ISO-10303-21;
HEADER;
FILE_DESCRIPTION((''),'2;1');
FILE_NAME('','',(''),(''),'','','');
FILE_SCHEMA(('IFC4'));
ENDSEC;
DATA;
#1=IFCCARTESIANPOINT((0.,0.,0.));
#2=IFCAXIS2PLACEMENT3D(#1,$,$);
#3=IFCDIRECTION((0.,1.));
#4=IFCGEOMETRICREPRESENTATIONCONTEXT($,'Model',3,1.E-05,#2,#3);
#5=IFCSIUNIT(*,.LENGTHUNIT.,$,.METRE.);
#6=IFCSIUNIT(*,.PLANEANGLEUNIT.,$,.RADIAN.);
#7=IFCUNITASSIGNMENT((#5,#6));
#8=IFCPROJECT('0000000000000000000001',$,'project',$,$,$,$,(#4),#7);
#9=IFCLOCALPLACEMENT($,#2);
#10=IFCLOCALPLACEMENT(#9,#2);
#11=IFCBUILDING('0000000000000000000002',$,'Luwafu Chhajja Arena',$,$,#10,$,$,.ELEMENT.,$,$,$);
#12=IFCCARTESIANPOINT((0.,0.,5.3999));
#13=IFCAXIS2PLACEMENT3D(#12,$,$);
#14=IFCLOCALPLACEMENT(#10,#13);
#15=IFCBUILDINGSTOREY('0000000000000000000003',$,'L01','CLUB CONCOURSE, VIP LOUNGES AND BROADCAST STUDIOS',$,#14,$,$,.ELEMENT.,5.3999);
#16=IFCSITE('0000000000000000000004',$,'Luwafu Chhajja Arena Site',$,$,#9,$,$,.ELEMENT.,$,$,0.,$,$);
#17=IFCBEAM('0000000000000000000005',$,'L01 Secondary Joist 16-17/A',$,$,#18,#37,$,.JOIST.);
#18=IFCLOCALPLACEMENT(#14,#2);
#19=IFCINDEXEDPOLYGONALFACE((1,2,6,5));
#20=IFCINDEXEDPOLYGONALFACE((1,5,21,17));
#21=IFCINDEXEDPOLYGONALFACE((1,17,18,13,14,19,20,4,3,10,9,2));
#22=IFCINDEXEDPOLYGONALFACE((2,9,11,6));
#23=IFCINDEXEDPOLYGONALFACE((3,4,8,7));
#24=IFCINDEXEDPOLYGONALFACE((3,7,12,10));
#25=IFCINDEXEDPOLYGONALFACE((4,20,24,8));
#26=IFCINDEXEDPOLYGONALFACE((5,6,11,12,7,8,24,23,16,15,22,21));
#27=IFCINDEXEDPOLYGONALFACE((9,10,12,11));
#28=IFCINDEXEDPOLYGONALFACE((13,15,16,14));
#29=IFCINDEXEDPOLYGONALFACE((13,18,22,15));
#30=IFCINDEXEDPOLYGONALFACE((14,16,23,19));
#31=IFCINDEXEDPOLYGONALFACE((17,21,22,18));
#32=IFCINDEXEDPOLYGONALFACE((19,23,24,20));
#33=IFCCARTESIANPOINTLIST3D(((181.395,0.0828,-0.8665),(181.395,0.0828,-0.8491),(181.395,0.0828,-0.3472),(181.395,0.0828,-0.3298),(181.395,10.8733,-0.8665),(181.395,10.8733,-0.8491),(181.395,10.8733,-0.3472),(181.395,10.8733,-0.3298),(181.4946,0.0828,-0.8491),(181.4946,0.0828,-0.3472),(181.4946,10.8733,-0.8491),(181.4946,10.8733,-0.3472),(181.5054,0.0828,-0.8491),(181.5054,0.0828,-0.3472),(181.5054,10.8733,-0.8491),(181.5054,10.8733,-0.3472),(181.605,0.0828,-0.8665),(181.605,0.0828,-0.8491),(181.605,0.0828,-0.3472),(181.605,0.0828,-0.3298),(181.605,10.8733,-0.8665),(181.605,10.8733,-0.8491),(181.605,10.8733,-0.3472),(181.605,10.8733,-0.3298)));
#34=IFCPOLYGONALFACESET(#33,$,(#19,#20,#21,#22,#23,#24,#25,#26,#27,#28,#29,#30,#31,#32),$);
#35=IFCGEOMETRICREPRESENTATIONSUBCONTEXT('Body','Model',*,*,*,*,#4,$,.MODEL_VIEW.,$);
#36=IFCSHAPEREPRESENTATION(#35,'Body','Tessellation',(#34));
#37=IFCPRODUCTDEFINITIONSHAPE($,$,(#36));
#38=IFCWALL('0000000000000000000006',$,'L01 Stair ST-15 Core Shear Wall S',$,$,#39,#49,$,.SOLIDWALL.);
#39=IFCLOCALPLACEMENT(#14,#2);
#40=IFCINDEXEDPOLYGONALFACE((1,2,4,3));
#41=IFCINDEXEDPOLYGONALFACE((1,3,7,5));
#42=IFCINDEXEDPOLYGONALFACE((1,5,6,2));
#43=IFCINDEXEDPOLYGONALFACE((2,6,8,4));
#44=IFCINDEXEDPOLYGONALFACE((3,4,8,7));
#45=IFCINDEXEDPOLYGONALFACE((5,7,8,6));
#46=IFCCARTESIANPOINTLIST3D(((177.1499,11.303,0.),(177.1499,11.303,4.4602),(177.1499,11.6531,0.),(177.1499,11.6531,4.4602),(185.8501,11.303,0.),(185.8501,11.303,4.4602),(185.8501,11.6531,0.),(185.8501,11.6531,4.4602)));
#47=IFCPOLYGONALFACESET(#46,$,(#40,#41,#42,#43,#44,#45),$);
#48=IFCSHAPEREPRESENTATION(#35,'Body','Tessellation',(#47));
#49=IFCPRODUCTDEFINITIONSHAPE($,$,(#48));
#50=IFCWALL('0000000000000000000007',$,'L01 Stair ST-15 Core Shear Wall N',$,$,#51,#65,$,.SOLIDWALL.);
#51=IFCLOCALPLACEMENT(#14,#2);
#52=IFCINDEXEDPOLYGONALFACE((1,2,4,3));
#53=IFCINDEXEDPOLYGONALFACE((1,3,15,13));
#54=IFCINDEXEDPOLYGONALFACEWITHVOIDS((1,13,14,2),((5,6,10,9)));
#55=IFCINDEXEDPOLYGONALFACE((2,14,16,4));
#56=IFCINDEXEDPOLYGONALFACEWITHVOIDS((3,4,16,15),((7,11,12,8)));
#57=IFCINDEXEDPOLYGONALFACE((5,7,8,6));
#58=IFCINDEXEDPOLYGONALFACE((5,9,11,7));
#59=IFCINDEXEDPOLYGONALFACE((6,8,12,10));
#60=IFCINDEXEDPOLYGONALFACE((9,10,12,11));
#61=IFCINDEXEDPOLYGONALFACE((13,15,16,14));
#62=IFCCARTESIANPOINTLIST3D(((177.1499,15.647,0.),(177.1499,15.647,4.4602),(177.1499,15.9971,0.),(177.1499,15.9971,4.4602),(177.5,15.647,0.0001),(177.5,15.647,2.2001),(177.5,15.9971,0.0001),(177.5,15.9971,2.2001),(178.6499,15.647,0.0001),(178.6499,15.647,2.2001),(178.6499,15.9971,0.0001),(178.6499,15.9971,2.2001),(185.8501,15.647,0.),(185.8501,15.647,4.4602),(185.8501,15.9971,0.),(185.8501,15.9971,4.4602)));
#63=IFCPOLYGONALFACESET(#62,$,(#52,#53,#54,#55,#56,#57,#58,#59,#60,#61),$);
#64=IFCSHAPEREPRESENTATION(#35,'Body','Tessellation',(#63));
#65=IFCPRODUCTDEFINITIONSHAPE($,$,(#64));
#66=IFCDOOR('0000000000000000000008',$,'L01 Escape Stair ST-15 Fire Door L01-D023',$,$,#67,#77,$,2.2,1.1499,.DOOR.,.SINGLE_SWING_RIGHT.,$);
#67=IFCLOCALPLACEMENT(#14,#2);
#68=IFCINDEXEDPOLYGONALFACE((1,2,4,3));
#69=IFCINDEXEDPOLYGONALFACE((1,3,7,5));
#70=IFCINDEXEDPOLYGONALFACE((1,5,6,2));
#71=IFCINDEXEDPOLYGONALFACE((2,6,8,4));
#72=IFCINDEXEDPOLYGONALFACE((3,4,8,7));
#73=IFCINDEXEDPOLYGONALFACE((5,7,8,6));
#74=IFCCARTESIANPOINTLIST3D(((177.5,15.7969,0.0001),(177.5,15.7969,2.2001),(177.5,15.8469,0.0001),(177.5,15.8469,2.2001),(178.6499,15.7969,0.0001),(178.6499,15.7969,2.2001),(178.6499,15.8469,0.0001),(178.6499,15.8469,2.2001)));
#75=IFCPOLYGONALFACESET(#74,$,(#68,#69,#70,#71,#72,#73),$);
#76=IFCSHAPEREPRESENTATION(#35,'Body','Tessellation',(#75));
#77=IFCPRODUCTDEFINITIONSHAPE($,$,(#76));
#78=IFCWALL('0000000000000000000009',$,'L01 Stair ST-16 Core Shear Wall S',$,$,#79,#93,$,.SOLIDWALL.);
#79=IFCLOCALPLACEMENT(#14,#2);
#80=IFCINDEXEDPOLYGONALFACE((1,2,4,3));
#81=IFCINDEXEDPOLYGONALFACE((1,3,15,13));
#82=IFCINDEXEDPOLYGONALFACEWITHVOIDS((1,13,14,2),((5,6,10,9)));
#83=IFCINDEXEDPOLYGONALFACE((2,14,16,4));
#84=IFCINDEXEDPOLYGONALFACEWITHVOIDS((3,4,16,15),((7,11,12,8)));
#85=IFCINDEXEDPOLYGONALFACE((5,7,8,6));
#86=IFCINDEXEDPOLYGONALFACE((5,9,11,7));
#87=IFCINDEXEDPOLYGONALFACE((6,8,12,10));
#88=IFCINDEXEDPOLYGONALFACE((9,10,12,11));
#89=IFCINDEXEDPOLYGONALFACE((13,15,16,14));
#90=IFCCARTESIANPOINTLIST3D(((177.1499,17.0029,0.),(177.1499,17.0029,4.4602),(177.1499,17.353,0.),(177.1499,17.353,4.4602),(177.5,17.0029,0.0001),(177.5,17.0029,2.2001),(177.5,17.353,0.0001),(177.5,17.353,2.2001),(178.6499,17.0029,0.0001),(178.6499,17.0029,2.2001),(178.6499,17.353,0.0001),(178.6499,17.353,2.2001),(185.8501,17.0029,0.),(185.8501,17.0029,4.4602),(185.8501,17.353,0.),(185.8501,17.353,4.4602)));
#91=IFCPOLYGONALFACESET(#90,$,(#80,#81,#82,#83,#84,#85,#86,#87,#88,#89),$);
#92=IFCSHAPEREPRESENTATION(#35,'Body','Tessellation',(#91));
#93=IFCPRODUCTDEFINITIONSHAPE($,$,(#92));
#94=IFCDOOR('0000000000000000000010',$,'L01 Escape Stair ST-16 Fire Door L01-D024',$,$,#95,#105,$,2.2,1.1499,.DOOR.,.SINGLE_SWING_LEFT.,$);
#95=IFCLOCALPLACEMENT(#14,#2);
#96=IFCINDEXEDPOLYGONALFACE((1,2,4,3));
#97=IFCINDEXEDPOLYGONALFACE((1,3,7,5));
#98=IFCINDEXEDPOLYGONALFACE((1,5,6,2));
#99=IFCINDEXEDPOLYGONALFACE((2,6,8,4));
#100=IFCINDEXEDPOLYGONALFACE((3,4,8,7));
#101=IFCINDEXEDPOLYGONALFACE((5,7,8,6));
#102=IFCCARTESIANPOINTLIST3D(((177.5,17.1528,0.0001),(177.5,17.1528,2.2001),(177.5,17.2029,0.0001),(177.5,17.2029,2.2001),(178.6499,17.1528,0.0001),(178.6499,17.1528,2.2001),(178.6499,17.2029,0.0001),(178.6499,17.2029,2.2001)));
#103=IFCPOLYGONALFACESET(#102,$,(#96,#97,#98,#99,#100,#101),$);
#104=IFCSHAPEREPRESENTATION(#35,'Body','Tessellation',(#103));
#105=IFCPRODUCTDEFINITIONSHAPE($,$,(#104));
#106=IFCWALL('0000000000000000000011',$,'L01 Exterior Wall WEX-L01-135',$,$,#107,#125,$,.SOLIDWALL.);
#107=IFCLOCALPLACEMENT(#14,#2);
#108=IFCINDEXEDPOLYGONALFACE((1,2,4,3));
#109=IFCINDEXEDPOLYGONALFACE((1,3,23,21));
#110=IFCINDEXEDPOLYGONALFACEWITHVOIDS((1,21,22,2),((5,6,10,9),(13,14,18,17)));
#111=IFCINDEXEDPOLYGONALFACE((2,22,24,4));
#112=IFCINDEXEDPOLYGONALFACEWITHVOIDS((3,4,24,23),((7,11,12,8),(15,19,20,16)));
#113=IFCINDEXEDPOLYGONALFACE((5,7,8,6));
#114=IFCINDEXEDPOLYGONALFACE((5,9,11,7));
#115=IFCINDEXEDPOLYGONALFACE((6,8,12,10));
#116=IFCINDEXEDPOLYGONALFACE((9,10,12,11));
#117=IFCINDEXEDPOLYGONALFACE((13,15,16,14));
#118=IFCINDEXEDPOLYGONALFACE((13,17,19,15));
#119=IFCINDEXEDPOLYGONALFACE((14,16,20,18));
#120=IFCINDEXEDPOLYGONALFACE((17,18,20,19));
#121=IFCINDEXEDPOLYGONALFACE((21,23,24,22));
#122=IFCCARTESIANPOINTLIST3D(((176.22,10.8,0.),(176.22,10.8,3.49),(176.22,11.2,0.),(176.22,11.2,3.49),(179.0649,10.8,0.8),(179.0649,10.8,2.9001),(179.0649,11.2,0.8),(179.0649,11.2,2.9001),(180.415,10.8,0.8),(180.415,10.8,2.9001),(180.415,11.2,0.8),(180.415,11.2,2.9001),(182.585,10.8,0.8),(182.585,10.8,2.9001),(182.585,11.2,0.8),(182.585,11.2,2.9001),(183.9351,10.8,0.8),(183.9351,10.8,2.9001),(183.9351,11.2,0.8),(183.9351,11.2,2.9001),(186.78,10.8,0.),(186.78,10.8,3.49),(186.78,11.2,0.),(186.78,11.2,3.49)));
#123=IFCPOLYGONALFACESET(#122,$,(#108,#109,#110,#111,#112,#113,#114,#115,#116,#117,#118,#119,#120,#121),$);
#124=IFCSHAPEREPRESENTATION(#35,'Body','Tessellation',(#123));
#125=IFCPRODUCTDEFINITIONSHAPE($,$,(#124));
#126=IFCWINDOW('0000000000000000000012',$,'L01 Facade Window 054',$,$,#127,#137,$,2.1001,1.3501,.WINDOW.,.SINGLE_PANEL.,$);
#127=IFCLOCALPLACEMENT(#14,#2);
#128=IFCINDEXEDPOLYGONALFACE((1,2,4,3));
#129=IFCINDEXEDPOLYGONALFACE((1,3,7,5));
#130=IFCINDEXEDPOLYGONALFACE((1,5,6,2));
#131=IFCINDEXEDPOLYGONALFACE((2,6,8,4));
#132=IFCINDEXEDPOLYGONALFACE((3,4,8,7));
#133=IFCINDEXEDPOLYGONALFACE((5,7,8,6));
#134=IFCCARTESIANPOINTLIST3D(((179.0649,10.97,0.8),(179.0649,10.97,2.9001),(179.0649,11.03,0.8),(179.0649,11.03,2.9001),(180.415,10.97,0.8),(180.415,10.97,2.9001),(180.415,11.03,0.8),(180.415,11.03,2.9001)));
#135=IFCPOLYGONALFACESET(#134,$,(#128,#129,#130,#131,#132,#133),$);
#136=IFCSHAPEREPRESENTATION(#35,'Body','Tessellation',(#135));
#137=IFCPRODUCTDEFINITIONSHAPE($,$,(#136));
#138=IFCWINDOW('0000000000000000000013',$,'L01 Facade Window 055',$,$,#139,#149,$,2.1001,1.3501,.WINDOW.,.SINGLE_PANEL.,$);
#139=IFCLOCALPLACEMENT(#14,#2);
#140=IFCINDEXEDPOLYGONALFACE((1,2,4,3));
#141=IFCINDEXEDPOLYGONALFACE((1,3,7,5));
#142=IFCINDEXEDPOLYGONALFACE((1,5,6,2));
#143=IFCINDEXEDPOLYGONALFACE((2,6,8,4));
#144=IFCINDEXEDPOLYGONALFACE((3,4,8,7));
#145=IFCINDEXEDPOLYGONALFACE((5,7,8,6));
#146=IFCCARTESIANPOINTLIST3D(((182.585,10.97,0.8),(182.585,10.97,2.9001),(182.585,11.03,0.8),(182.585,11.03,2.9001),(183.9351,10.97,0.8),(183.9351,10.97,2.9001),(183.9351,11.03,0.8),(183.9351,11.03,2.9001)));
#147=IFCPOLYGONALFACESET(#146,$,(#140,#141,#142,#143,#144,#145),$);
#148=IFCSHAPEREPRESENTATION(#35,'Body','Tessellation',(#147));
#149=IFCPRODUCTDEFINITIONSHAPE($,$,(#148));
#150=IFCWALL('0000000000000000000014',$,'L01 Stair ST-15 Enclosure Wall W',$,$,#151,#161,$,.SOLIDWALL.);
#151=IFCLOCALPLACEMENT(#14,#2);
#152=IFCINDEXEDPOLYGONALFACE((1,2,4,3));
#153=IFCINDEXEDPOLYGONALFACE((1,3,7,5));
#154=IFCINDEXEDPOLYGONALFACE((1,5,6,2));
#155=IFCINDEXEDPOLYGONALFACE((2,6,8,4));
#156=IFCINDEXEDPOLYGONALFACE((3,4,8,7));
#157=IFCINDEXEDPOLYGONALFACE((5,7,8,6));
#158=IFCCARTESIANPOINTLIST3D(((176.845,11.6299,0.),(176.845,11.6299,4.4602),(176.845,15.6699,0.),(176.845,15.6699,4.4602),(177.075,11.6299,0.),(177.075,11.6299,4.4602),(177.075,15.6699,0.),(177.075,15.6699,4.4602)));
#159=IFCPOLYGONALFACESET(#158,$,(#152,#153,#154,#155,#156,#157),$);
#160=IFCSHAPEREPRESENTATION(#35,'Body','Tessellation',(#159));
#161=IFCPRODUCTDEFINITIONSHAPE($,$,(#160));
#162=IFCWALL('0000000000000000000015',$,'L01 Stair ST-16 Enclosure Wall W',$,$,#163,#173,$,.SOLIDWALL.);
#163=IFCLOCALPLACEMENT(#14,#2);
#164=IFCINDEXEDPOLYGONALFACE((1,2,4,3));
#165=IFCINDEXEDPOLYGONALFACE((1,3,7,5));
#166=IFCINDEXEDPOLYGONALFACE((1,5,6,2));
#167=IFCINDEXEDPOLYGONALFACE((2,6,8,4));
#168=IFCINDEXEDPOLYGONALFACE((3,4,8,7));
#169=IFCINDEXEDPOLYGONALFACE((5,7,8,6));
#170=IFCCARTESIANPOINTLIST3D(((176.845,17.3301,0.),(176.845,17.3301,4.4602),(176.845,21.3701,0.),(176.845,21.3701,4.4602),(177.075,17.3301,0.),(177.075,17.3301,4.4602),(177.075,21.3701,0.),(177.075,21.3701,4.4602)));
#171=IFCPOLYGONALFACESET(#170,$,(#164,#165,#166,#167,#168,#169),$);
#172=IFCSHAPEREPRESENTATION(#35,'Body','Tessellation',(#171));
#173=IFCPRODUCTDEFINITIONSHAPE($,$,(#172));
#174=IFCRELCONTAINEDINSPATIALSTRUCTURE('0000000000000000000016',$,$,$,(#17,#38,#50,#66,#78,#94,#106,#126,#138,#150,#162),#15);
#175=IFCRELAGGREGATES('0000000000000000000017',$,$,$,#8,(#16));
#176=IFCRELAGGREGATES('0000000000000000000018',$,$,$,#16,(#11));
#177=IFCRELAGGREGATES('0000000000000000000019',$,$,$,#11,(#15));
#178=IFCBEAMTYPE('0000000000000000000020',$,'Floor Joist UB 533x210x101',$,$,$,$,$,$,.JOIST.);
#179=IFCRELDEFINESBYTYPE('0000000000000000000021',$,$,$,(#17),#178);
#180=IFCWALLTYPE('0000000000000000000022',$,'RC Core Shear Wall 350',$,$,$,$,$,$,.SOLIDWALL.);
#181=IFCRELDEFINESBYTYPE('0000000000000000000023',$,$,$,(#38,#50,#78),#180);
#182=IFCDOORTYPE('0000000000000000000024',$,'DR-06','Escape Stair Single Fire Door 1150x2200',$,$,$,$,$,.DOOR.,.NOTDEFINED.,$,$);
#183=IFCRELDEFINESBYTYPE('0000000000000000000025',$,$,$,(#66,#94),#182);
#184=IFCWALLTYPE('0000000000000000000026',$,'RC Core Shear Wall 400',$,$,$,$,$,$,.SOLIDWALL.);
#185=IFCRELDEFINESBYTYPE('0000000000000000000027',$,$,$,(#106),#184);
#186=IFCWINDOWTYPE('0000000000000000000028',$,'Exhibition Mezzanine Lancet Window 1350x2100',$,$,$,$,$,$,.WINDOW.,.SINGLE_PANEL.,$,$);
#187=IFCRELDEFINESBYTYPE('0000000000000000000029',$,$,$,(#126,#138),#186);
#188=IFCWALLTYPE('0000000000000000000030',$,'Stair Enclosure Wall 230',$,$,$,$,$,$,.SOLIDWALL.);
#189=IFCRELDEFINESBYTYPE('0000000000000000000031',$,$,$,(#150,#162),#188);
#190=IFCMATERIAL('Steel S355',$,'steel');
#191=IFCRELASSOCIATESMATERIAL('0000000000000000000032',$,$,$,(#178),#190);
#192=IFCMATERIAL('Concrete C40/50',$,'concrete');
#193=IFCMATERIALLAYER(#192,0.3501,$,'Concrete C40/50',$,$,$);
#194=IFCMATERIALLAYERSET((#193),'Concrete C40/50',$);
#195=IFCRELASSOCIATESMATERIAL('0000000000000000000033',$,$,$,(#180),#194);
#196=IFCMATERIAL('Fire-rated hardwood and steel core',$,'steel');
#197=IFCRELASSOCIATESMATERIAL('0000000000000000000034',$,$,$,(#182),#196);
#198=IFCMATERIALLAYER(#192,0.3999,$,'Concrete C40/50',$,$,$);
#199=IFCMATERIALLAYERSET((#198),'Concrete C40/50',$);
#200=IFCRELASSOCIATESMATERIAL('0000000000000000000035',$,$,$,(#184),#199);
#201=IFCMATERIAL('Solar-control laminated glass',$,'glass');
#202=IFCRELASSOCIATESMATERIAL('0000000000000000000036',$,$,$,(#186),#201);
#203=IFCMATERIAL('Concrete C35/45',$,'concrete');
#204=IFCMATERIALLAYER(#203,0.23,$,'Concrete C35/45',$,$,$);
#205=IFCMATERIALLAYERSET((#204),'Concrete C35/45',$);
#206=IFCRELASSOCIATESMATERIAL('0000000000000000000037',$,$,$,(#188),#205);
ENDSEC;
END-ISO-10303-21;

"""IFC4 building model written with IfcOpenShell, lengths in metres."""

from ifc_helpers import new_model, si_unit, direction, frame, frame_2d, origin, origin_2d, place, context, subcontext, project, spatial, rectangle, i_section, extrude, material, layer, layer_set, material_profile, profile_set, type_object, element, fill, save


model = new_model("IFC4")

# Units and contexts
model_context = context("Model", 3, precision=1e-05, world=origin(), true_north=direction((0.0, 1.0)))
body_context = subcontext(model_context, "Body", "Model", "MODEL_VIEW")
ifc_project = project(units=[si_unit("LENGTHUNIT", "METRE"), si_unit("PLANEANGLEUNIT", "RADIAN")], contexts=[model_context])

# Site, building, storey
site_placement = place(None, origin())
site = spatial("IfcSite", under=ifc_project, at=site_placement, Name="Luwafu Chhajja Arena Site", CompositionType="ELEMENT", RefElevation=0.0)
building_placement = place(site_placement, origin())
building = spatial("IfcBuilding", under=site, at=building_placement, Name="Luwafu Chhajja Arena", CompositionType="ELEMENT")
storey_placement = place(building_placement, frame((0.0, 0.0, 5.3999)))
storey = spatial("IfcBuildingStorey", under=building, at=storey_placement, Name="L01", Description="CLUB CONCOURSE, VIP LOUNGES AND BROADCAST STUDIOS", CompositionType="ELEMENT", Elevation=5.3999)

# Beam
ifc_material_1 = material(Name="Steel S355", Category="steel")
ifc_material_profile = material_profile(ifc_material_1, i_section(OverallWidth=0.21, OverallDepth=0.5366, WebThickness=0.0107, FlangeThickness=0.0173, at=origin_2d()), Name="UB 533x210x101")
ifc_profile_set = profile_set([ifc_material_profile], Name="Steel S355")
beam_type = type_object("IfcBeamType", Name="Floor Joist UB 533x210x101", PredefinedType="JOIST", material=ifc_profile_set)
beam_placement = place(storey_placement, frame((181.5, 0.0828, -0.5981), z_axis=(0.0, 1.0, 0.0), x_axis=(-1.0, 0.0, 0.0)))
element("IfcBeam", 1, at=beam_placement, inside=storey, type_object=beam_type, Name="L01 Secondary Joist 16-17/A", PredefinedType="JOIST", context=body_context, shape_type="SweptSolid", body=[
    extrude(i_section(OverallWidth=0.21, OverallDepth=0.5366, WebThickness=0.0107, FlangeThickness=0.0173, at=origin_2d()), origin(), (0.0, 0.0, 1.0), 10.7905),
])

# Wall
ifc_material_2 = material(Name="Concrete C40/50", Category="concrete")
ifc_layer_1 = layer(ifc_material_2, 0.3501, Name="Concrete C40/50")
ifc_layer_set_1 = layer_set([ifc_layer_1], Name="Concrete C40/50")
wall_type_1 = type_object("IfcWallType", Name="RC Core Shear Wall 350", PredefinedType="SOLIDWALL", material=ifc_layer_set_1)
wall_1_placement = place(storey_placement, frame((177.1499, 11.478, 0.0), z_axis=(0.0, 0.0, 1.0), x_axis=(1.0, 0.0, 0.0)))
element("IfcWall", 2, at=wall_1_placement, inside=storey, type_object=wall_type_1, Name="L01 Stair ST-15 Core Shear Wall S", PredefinedType="SOLIDWALL", context=body_context, shape_type="SweptSolid", body=[
    extrude(rectangle(XDim=8.7002, YDim=0.3501, at=frame_2d((4.3501, 0.0))), origin(), (0.0, 0.0, 1.0), 4.4602),
])

# Walls, openings, doors
wall_2_placement = place(storey_placement, frame((177.1499, 15.822, 0.0), z_axis=(0.0, 0.0, 1.0), x_axis=(1.0, 0.0, 0.0)))
wall_2 = element("IfcWall", 3, at=wall_2_placement, inside=storey, type_object=wall_type_1, Name="L01 Stair ST-15 Core Shear Wall N", PredefinedType="SOLIDWALL", context=body_context, shape_type="SweptSolid", body=[
    extrude(rectangle(XDim=8.7002, YDim=0.3501, at=frame_2d((4.3501, 0.0))), origin(), (0.0, 0.0, 1.0), 4.4602),
])
opening_1_placement = place(wall_2_placement, frame((0.3501, 0.0, 0.0)))
opening_1 = element("IfcOpeningElement", 4, at=opening_1_placement, cuts=wall_2, PredefinedType="OPENING", context=body_context, shape_type="SweptSolid", body=[
    extrude(rectangle(XDim=1.1499, YDim=2.2, at=frame_2d((0.575, 1.1001))), frame((0.0, 0.1851, 0.0), z_axis=(0.0, -1.0, 0.0), x_axis=(1.0, 0.0, 0.0)), (0.0, 0.0, 1.0), 0.3701),
])
ifc_material_3 = material(Name="Fire-rated hardwood and steel core", Category="steel")
door_type = type_object("IfcDoorType", Name="DR-06", Description="Escape Stair Single Fire Door 1150x2200", OperationType="NOTDEFINED", PredefinedType="DOOR", material=ifc_material_3)
door_1_placement = place(opening_1_placement, origin())
door_1 = element("IfcDoor", 5, at=door_1_placement, inside=storey, type_object=door_type, Name="L01 Escape Stair ST-15 Fire Door L01-D023", OperationType="SINGLE_SWING_RIGHT", OverallHeight=2.2, OverallWidth=1.1499, PredefinedType="DOOR", context=body_context, shape_type="SweptSolid", body=[
    extrude(rectangle(XDim=1.1499, YDim=2.2, at=frame_2d((0.575, 1.1001))), frame((0.0, 0.0249, 0.0), z_axis=(0.0, -1.0, 0.0), x_axis=(1.0, 0.0, 0.0)), (0.0, 0.0, 1.0), 0.05),
])
fill(opening_1, door_1)
wall_3_placement = place(storey_placement, frame((177.1499, 17.178, 0.0), z_axis=(0.0, 0.0, 1.0), x_axis=(1.0, 0.0, 0.0)))
wall_3 = element("IfcWall", 6, at=wall_3_placement, inside=storey, type_object=wall_type_1, Name="L01 Stair ST-16 Core Shear Wall S", PredefinedType="SOLIDWALL", context=body_context, shape_type="SweptSolid", body=[
    extrude(rectangle(XDim=8.7002, YDim=0.3501, at=frame_2d((4.3501, 0.0))), origin(), (0.0, 0.0, 1.0), 4.4602),
])
opening_2_placement = place(wall_3_placement, frame((0.3501, 0.0, 0.0)))
opening_2 = element("IfcOpeningElement", 7, at=opening_2_placement, cuts=wall_3, PredefinedType="OPENING", context=body_context, shape_type="SweptSolid", body=[
    extrude(rectangle(XDim=1.1499, YDim=2.2, at=frame_2d((0.575, 1.1001))), frame((0.0, 0.1851, 0.0), z_axis=(0.0, -1.0, 0.0), x_axis=(1.0, 0.0, 0.0)), (0.0, 0.0, 1.0), 0.3701),
])
door_2_placement = place(opening_2_placement, origin())
door_2 = element("IfcDoor", 8, at=door_2_placement, inside=storey, type_object=door_type, Name="L01 Escape Stair ST-16 Fire Door L01-D024", OperationType="SINGLE_SWING_LEFT", OverallHeight=2.2, OverallWidth=1.1499, PredefinedType="DOOR", context=body_context, shape_type="SweptSolid", body=[
    extrude(rectangle(XDim=1.1499, YDim=2.2, at=frame_2d((0.575, 1.1001))), frame((0.0, 0.0249, 0.0), z_axis=(0.0, -1.0, 0.0), x_axis=(1.0, 0.0, 0.0)), (0.0, 0.0, 1.0), 0.05),
])
fill(opening_2, door_2)

# Wall, openings, windows
ifc_layer_2 = layer(ifc_material_2, 0.3999, Name="Concrete C40/50")
ifc_layer_set_2 = layer_set([ifc_layer_2], Name="Concrete C40/50")
wall_type_2 = type_object("IfcWallType", Name="RC Core Shear Wall 400", PredefinedType="SOLIDWALL", material=ifc_layer_set_2)
wall_4_placement = place(storey_placement, frame((176.22, 11.0, 0.0), z_axis=(0.0, 0.0, 1.0), x_axis=(1.0, 0.0, 0.0)))
wall_4 = element("IfcWall", 9, at=wall_4_placement, inside=storey, type_object=wall_type_2, Name="L01 Exterior Wall WEX-L01-135", PredefinedType="SOLIDWALL", context=body_context, shape_type="SweptSolid", body=[
    extrude(rectangle(XDim=10.5601, YDim=0.3999, at=frame_2d((5.28, 0.0))), origin(), (0.0, 0.0, 1.0), 3.49),
])
opening_3_placement = place(wall_4_placement, frame((2.845, 0.0, 0.8)))
opening_3 = element("IfcOpeningElement", 10, at=opening_3_placement, cuts=wall_4, PredefinedType="OPENING", context=body_context, shape_type="SweptSolid", body=[
    extrude(rectangle(XDim=1.3501, YDim=2.1001, at=frame_2d((0.675, 1.05))), frame((0.0, 0.21, 0.0), z_axis=(0.0, -1.0, 0.0), x_axis=(1.0, 0.0, 0.0)), (0.0, 0.0, 1.0), 0.4199),
])
opening_4_placement = place(wall_4_placement, frame((6.365, 0.0, 0.8)))
opening_4 = element("IfcOpeningElement", 11, at=opening_4_placement, cuts=wall_4, PredefinedType="OPENING", context=body_context, shape_type="SweptSolid", body=[
    extrude(rectangle(XDim=1.3501, YDim=2.1001, at=frame_2d((0.675, 1.05))), frame((0.0, 0.21, 0.0), z_axis=(0.0, -1.0, 0.0), x_axis=(1.0, 0.0, 0.0)), (0.0, 0.0, 1.0), 0.4199),
])
ifc_material_4 = material(Name="Solar-control laminated glass", Category="glass")
window_type = type_object("IfcWindowType", Name="Exhibition Mezzanine Lancet Window 1350x2100", PartitioningType="SINGLE_PANEL", PredefinedType="WINDOW", material=ifc_material_4)
window_1_placement = place(opening_3_placement, origin())
window_1 = element("IfcWindow", 12, at=window_1_placement, inside=storey, type_object=window_type, Name="L01 Facade Window 054", OverallHeight=2.1001, OverallWidth=1.3501, PartitioningType="SINGLE_PANEL", PredefinedType="WINDOW", context=body_context, shape_type="SweptSolid", body=[
    extrude(rectangle(XDim=1.3501, YDim=2.1001, at=frame_2d((0.675, 1.05))), frame((0.0, 0.03, 0.0), z_axis=(0.0, -1.0, 0.0), x_axis=(1.0, 0.0, 0.0)), (0.0, 0.0, 1.0), 0.0601),
])
fill(opening_3, window_1)
window_2_placement = place(opening_4_placement, origin())
window_2 = element("IfcWindow", 13, at=window_2_placement, inside=storey, type_object=window_type, Name="L01 Facade Window 055", OverallHeight=2.1001, OverallWidth=1.3501, PartitioningType="SINGLE_PANEL", PredefinedType="WINDOW", context=body_context, shape_type="SweptSolid", body=[
    extrude(rectangle(XDim=1.3501, YDim=2.1001, at=frame_2d((0.675, 1.05))), frame((0.0, 0.03, 0.0), z_axis=(0.0, -1.0, 0.0), x_axis=(1.0, 0.0, 0.0)), (0.0, 0.0, 1.0), 0.0601),
])
fill(opening_4, window_2)

# Walls
ifc_material_5 = material(Name="Concrete C35/45", Category="concrete")
ifc_layer_3 = layer(ifc_material_5, 0.23, Name="Concrete C35/45")
ifc_layer_set_3 = layer_set([ifc_layer_3], Name="Concrete C35/45")
wall_type_3 = type_object("IfcWallType", Name="Stair Enclosure Wall 230", PredefinedType="SOLIDWALL", material=ifc_layer_set_3)
for number, where, z_axis, x_axis, name in (
    (14, (176.96, 11.6299, 0.0), (0.0, 0.0, 1.0), (0.0, 1.0, 0.0), "L01 Stair ST-15 Enclosure Wall W"),
    (15, (176.96, 17.3301, 0.0), (0.0, 0.0, 1.0), (0.0, 1.0, 0.0), "L01 Stair ST-16 Enclosure Wall W"),
):
    element("IfcWall", number, at=place(storey_placement, frame(where, z_axis=z_axis, x_axis=x_axis)), inside=storey, type_object=wall_type_3, Name=name, PredefinedType="SOLIDWALL", context=body_context, shape_type="SweptSolid", body=[
        extrude(rectangle(XDim=4.04, YDim=0.23, at=frame_2d((2.02, 0.0))), origin(), (0.0, 0.0, 1.0), 4.4602),
    ])

save(model, "model.ifc")
